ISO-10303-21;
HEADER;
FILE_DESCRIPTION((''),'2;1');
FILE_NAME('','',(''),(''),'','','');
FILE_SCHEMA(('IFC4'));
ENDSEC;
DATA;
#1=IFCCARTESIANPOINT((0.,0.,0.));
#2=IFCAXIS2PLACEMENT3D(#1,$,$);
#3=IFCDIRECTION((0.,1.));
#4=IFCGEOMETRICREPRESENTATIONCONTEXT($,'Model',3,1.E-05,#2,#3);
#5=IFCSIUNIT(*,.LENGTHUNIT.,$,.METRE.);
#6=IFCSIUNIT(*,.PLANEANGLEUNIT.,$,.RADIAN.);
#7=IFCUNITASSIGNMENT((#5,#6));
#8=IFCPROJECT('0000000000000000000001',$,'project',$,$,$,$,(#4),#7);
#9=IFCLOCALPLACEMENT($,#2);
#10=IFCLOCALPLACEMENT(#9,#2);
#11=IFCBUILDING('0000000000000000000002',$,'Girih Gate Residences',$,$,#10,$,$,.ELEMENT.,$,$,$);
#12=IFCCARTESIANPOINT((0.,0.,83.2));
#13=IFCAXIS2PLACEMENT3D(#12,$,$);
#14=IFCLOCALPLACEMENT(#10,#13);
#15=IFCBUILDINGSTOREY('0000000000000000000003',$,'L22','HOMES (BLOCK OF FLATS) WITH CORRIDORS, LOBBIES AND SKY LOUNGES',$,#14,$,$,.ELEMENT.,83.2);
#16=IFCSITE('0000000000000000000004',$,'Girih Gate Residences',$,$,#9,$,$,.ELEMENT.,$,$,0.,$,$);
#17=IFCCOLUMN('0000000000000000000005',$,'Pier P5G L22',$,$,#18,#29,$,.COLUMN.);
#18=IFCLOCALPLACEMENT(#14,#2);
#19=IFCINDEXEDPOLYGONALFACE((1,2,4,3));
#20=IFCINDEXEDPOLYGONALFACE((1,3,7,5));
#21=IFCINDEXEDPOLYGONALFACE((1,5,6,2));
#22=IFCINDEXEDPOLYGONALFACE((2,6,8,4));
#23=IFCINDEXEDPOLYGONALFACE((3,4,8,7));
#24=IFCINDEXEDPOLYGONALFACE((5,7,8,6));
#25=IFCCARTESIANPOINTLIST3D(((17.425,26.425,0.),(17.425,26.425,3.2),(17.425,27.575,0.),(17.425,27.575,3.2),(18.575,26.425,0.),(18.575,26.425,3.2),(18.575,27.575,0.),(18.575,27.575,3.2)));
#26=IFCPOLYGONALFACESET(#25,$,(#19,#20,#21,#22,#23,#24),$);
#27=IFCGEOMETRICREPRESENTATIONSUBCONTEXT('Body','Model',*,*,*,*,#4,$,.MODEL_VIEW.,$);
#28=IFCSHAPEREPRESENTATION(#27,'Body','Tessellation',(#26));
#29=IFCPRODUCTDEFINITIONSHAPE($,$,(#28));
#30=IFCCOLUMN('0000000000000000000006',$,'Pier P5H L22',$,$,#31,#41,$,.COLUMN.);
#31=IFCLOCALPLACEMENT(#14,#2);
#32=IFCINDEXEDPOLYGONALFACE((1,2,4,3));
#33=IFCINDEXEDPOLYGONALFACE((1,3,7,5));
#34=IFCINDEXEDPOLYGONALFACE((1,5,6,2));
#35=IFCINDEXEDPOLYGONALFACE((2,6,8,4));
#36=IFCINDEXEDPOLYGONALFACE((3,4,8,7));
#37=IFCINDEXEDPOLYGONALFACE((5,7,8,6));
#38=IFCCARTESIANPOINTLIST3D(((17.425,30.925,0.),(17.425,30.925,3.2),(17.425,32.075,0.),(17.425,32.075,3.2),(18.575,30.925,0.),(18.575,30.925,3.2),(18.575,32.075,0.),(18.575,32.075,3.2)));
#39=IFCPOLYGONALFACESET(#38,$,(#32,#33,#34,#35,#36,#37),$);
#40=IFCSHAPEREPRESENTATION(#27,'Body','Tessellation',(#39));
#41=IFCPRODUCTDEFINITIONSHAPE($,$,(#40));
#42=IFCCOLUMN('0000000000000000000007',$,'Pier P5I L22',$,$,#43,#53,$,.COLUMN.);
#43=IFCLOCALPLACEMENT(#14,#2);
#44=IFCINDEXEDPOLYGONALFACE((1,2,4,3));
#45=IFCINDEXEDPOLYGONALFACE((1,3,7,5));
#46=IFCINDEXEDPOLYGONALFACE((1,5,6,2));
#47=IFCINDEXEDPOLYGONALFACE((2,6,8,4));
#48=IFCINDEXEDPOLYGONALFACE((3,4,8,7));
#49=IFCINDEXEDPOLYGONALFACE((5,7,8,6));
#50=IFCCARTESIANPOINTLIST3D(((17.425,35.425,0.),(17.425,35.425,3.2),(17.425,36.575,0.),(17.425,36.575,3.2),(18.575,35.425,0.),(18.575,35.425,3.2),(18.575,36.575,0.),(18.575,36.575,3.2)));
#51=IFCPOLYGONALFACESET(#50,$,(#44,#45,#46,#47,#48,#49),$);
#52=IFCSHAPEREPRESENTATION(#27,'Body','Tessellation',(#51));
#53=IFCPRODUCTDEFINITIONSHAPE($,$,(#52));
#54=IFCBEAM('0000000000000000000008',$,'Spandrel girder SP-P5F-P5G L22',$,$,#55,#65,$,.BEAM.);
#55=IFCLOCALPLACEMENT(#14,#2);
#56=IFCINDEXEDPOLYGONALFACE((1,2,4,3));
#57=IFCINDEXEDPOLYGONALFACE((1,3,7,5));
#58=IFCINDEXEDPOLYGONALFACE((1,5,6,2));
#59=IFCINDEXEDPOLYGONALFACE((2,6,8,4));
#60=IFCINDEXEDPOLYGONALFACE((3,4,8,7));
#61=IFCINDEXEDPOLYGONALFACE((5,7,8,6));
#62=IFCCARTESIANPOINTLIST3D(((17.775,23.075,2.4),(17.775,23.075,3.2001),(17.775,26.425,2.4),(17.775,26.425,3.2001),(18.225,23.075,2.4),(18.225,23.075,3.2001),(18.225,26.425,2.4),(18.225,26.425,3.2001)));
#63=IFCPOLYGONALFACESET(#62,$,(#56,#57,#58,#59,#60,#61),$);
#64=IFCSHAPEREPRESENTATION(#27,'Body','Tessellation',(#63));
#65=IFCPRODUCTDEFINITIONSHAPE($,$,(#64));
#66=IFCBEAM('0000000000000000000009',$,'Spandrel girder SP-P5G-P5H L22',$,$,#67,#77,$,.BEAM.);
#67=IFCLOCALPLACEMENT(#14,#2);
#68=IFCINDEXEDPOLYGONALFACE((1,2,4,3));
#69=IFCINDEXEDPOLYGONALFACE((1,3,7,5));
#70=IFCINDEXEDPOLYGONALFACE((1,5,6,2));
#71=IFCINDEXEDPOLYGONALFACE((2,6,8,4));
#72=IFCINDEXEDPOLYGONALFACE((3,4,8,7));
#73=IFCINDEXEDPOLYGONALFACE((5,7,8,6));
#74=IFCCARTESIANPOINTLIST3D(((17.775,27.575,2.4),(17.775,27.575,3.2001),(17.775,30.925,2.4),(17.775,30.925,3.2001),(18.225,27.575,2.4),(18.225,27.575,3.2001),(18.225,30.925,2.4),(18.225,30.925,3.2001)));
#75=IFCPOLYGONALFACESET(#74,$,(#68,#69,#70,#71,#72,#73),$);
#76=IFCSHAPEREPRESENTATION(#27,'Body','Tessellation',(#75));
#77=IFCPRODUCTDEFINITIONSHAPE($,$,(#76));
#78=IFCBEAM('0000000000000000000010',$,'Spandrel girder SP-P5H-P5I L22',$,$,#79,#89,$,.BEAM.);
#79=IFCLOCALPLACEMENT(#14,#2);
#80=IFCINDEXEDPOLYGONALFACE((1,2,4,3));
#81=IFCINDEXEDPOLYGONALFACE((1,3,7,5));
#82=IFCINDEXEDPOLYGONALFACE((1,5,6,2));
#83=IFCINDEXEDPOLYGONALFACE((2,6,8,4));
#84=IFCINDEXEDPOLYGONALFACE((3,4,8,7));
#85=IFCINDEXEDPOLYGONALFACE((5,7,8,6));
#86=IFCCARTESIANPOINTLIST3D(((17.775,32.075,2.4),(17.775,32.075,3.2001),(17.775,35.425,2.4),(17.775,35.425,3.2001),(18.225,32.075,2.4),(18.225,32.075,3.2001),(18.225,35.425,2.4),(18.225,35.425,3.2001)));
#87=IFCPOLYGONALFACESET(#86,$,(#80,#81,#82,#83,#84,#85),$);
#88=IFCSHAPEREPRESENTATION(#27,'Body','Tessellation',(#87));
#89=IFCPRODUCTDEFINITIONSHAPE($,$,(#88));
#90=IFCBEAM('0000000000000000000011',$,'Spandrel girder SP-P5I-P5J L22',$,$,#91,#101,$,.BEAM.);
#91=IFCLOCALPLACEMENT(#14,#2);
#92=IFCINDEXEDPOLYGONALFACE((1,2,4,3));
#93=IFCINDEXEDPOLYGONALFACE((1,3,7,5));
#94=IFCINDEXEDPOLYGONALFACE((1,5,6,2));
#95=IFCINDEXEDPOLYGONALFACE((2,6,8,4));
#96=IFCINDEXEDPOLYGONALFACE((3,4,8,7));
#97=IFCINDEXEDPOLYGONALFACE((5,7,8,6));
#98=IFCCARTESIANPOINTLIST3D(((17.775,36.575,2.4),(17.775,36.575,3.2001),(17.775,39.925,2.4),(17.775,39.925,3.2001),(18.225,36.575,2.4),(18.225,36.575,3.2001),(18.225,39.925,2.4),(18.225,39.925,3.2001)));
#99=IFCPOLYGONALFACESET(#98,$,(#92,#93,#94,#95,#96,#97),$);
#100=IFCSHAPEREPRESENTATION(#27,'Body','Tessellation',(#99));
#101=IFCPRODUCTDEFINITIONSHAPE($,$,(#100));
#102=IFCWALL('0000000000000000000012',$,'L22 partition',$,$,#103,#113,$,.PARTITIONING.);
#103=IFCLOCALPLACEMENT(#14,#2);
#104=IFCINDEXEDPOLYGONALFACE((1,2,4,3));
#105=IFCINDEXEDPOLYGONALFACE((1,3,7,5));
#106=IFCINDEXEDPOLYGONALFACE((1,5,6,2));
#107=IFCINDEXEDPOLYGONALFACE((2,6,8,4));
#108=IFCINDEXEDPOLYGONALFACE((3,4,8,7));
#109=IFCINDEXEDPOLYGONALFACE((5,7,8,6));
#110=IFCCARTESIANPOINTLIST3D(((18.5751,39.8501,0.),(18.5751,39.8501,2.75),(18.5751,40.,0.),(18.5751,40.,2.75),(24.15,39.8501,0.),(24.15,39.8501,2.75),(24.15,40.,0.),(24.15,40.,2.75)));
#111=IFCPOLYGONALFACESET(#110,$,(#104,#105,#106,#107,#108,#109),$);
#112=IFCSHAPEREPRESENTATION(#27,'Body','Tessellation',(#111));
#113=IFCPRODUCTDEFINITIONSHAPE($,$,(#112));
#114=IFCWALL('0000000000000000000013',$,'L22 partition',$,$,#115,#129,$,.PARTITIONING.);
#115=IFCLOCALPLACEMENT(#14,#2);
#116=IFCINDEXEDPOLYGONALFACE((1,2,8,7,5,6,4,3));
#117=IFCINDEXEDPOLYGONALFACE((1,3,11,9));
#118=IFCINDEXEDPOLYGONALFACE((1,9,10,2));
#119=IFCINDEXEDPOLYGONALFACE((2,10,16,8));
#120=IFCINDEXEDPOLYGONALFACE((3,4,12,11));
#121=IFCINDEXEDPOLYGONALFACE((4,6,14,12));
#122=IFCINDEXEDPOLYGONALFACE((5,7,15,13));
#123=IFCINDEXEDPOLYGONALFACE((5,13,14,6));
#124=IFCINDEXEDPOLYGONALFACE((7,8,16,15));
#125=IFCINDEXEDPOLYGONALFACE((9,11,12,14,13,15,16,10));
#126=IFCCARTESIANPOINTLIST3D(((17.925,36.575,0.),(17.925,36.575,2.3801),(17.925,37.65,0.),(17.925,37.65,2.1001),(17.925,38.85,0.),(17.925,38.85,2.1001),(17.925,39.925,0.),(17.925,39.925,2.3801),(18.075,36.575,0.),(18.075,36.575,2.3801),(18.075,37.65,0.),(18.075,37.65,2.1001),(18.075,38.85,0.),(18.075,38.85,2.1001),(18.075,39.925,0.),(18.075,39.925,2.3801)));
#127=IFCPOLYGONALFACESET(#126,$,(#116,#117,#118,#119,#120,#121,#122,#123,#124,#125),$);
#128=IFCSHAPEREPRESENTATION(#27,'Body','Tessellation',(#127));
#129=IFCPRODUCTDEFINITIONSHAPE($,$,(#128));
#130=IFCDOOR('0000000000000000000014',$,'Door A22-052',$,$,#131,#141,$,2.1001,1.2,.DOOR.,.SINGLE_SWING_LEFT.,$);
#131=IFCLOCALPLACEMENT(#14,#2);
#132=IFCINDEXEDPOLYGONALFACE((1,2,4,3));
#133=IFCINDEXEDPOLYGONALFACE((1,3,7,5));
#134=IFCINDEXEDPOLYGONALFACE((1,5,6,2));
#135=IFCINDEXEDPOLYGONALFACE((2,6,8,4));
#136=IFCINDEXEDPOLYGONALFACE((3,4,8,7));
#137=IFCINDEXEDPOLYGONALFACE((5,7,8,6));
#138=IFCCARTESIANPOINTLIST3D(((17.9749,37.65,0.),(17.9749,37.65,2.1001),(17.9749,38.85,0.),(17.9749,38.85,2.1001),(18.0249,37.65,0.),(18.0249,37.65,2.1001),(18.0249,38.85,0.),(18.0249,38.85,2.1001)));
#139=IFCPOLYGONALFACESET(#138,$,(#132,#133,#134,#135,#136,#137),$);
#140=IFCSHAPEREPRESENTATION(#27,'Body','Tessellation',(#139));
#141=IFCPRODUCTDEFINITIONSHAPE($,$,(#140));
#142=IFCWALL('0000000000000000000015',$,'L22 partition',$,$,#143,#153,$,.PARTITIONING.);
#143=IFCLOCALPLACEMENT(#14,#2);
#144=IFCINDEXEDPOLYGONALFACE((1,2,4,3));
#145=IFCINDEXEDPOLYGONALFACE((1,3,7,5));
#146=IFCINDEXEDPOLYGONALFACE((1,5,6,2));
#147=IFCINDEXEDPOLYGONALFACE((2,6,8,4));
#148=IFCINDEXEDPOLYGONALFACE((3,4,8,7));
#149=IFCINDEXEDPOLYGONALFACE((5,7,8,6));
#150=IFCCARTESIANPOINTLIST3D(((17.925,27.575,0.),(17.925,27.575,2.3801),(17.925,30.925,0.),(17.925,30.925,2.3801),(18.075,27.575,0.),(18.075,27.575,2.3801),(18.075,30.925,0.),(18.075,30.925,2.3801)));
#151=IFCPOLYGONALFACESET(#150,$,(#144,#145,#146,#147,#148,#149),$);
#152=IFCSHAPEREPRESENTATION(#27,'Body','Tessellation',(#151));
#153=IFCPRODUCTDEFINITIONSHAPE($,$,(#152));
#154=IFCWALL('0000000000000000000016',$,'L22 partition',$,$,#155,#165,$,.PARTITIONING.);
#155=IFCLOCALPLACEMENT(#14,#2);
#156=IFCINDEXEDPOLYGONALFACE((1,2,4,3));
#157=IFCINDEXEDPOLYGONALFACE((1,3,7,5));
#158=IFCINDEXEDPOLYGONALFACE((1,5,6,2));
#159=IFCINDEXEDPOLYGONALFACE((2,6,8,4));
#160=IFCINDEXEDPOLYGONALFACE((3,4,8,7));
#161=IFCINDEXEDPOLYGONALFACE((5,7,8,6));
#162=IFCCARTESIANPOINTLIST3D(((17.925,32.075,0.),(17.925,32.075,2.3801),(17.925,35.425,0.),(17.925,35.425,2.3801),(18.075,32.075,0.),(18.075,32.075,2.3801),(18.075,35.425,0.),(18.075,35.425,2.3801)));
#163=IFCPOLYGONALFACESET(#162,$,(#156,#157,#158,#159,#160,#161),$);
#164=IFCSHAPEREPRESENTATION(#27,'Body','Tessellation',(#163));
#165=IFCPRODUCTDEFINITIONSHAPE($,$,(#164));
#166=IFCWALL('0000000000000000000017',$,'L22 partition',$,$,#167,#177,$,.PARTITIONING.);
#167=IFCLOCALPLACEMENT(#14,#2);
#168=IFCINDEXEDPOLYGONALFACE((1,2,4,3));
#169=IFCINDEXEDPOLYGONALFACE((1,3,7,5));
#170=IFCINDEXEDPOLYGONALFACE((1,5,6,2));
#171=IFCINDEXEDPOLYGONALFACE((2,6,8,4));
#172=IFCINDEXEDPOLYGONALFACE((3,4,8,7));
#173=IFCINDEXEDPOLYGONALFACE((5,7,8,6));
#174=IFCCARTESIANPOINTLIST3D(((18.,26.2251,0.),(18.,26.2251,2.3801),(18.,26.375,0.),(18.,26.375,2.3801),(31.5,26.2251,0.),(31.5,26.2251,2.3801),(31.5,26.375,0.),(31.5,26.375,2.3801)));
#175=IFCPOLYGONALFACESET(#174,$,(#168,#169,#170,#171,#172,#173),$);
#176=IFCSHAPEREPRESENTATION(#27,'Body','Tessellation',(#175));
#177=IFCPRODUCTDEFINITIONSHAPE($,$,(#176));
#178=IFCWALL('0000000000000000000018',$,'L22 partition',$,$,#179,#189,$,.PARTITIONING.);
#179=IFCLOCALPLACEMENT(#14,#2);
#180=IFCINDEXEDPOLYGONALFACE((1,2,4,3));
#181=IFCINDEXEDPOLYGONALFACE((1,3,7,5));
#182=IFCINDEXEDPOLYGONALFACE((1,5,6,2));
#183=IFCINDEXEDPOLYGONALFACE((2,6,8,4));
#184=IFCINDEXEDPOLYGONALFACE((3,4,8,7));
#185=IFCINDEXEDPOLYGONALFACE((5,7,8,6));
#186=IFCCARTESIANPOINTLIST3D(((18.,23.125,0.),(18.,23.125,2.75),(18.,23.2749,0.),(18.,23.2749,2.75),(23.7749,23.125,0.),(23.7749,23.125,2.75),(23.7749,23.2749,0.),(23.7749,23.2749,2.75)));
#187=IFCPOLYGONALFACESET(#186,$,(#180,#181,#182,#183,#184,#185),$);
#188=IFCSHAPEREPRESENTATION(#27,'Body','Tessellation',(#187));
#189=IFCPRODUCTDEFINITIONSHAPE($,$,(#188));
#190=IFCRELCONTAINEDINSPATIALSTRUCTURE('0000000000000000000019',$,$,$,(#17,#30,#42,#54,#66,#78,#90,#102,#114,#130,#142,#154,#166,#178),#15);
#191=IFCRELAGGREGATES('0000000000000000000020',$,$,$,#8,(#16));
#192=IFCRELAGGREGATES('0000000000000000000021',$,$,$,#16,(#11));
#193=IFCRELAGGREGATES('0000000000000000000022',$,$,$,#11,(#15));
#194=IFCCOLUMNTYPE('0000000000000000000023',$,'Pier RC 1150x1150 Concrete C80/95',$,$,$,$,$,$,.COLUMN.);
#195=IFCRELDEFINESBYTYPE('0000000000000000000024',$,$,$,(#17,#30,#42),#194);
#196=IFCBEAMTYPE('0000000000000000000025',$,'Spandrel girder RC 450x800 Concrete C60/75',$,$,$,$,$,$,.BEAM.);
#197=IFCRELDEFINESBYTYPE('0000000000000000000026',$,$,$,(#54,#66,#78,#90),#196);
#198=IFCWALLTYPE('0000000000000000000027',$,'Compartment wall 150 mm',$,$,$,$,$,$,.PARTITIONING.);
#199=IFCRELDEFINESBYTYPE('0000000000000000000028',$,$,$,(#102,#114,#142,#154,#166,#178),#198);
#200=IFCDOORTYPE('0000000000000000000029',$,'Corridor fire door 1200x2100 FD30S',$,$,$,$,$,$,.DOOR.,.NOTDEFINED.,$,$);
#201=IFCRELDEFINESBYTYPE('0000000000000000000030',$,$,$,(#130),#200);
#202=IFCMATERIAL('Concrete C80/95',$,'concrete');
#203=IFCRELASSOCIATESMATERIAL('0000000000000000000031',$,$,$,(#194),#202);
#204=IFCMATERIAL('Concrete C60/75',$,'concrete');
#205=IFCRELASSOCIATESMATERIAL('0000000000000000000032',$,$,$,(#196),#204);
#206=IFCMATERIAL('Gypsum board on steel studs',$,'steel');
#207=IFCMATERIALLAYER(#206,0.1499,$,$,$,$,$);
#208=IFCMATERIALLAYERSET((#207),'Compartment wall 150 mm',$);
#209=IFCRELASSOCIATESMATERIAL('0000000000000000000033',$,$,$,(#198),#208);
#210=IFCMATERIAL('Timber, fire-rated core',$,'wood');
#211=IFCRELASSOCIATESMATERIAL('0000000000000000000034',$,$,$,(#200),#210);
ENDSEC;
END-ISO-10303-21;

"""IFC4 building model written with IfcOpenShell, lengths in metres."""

from ifc_helpers import new_model, si_unit, direction, frame, frame_2d, origin, origin_2d, place, context, subcontext, project, spatial, rectangle, extrude, material, layer, layer_set, material_profile, profile_set, type_object, element, fill, save


model = new_model("IFC4")

# Units and contexts
model_context = context("Model", 3, precision=1e-05, world=origin(), true_north=direction((0.0, 1.0)))
body_context = subcontext(model_context, "Body", "Model", "MODEL_VIEW")
ifc_project = project(units=[si_unit("LENGTHUNIT", "METRE"), si_unit("PLANEANGLEUNIT", "RADIAN")], contexts=[model_context])

# Site, building, storey
site_placement = place(None, origin())
site = spatial("IfcSite", under=ifc_project, at=site_placement, Name="Girih Gate Residences", CompositionType="ELEMENT", RefElevation=0.0)
building_placement = place(site_placement, origin())
building = spatial("IfcBuilding", under=site, at=building_placement, Name="Girih Gate Residences", CompositionType="ELEMENT")
storey_placement = place(building_placement, frame((0.0, 0.0, 83.2)))
storey = spatial("IfcBuildingStorey", under=building, at=storey_placement, Name="L22", Description="HOMES (BLOCK OF FLATS) WITH CORRIDORS, LOBBIES AND SKY LOUNGES", CompositionType="ELEMENT", Elevation=83.2)

# Columns
ifc_material_1 = material(Name="Concrete C80/95", Category="concrete")
ifc_material_profile_1 = material_profile(ifc_material_1, rectangle(XDim=1.1499, YDim=1.1499, at=origin_2d()))
ifc_profile_set_1 = profile_set([ifc_material_profile_1], Name="Concrete C80/95")
column_type = type_object("IfcColumnType", Name="Pier RC 1150x1150 Concrete C80/95", PredefinedType="COLUMN", material=ifc_profile_set_1)
for number, where, z_axis, x_axis, name in (
    (1, (18.0, 27.0, 0.0), (0.0, 0.0, 1.0), (1.0, 0.0, 0.0), "Pier P5G L22"),
    (2, (18.0, 31.5, 0.0), (0.0, 0.0, 1.0), (1.0, 0.0, 0.0), "Pier P5H L22"),
    (3, (18.0, 36.0, 0.0), (0.0, 0.0, 1.0), (1.0, 0.0, 0.0), "Pier P5I L22"),
):
    element("IfcColumn", number, at=place(storey_placement, frame(where, z_axis=z_axis, x_axis=x_axis)), inside=storey, type_object=column_type, Name=name, PredefinedType="COLUMN", context=body_context, shape_type="SweptSolid", body=[
        extrude(rectangle(XDim=1.1499, YDim=1.1499, at=origin_2d()), origin(), (0.0, 0.0, 1.0), 3.2),
    ])

# Beams
ifc_material_2 = material(Name="Concrete C60/75", Category="concrete")
ifc_material_profile_2 = material_profile(ifc_material_2, rectangle(XDim=0.45, YDim=0.8, at=origin_2d()))
ifc_profile_set_2 = profile_set([ifc_material_profile_2], Name="Concrete C60/75")
beam_type = type_object("IfcBeamType", Name="Spandrel girder RC 450x800 Concrete C60/75", PredefinedType="BEAM", material=ifc_profile_set_2)
for number, where, z_axis, x_axis, name in (
    (4, (18.0, 23.075, 2.8), (0.0, 1.0, 0.0), (-1.0, 0.0, 0.0), "Spandrel girder SP-P5F-P5G L22"),
    (5, (18.0, 27.575, 2.8), (0.0, 1.0, 0.0), (-1.0, 0.0, 0.0), "Spandrel girder SP-P5G-P5H L22"),
    (6, (18.0, 32.075, 2.8), (0.0, 1.0, 0.0), (-1.0, 0.0, 0.0), "Spandrel girder SP-P5H-P5I L22"),
    (7, (18.0, 36.575, 2.8), (0.0, 1.0, 0.0), (-1.0, 0.0, 0.0), "Spandrel girder SP-P5I-P5J L22"),
):
    element("IfcBeam", number, at=place(storey_placement, frame(where, z_axis=z_axis, x_axis=x_axis)), inside=storey, type_object=beam_type, Name=name, PredefinedType="BEAM", context=body_context, shape_type="SweptSolid", body=[
        extrude(rectangle(XDim=0.45, YDim=0.8, at=origin_2d()), origin(), (0.0, 0.0, 1.0), 3.3501),
    ])

# Wall
ifc_material_3 = material(Name="Gypsum board on steel studs", Category="steel")
ifc_layer_1 = layer(ifc_material_3, 0.1499)
ifc_layer_set_1 = layer_set([ifc_layer_1], Name="Compartment wall 150 mm")
wall_type_1 = type_object("IfcWallType", Name="Compartment wall 150 mm", PredefinedType="PARTITIONING", material=ifc_layer_set_1)
wall_1_placement = place(storey_placement, frame((18.575, 39.925, 0.0), z_axis=(0.0, 0.0, 1.0), x_axis=(1.0, 0.0, 0.0)))
element("IfcWall", 8, at=wall_1_placement, inside=storey, type_object=wall_type_1, Name="L22 partition", PredefinedType="PARTITIONING", context=body_context, shape_type="SweptSolid", body=[
    extrude(rectangle(XDim=5.575, YDim=0.1499, at=frame_2d((2.7876, 0.0))), origin(), (0.0, 0.0, 1.0), 2.75),
])

# Wall, opening, door
wall_2_placement = place(storey_placement, frame((18.0, 39.925, 0.0), z_axis=(0.0, 0.0, 1.0), x_axis=(0.0, -1.0, 0.0)))
wall_2 = element("IfcWall", 9, at=wall_2_placement, inside=storey, type_object=wall_type_1, Name="L22 partition", PredefinedType="PARTITIONING", context=body_context, shape_type="SweptSolid", body=[
    extrude(rectangle(XDim=3.3501, YDim=0.1499, at=frame_2d((1.675, 0.0))), origin(), (0.0, 0.0, 1.0), 2.3801),
])
opening_1_placement = place(wall_2_placement, frame((1.075, 0.0, 0.0)))
opening_1 = element("IfcOpeningElement", 10, at=opening_1_placement, cuts=wall_2, PredefinedType="OPENING", context=body_context, shape_type="SweptSolid", body=[
    extrude(rectangle(XDim=1.2, YDim=2.1001, at=frame_2d((0.6001, 1.05))), frame((0.0, 0.085, 0.0), z_axis=(0.0, -1.0, 0.0), x_axis=(1.0, 0.0, 0.0)), (0.0, 0.0, 1.0), 0.1699),
])
ifc_material_4 = material(Name="Timber, fire-rated core", Category="wood")
door_type_1 = type_object("IfcDoorType", Name="Corridor fire door 1200x2100 FD30S", OperationType="NOTDEFINED", PredefinedType="DOOR", material=ifc_material_4)
door_1_placement = place(opening_1_placement, origin())
door_1 = element("IfcDoor", 11, at=door_1_placement, inside=storey, type_object=door_type_1, Name="Door A22-052", OperationType="SINGLE_SWING_LEFT", OverallHeight=2.1001, OverallWidth=1.2, PredefinedType="DOOR", context=body_context, shape_type="SweptSolid", body=[
    extrude(rectangle(XDim=1.2, YDim=2.1001, at=frame_2d((0.6001, 1.05))), frame((0.0, 0.0249, 0.0), z_axis=(0.0, -1.0, 0.0), x_axis=(1.0, 0.0, 0.0)), (0.0, 0.0, 1.0), 0.05),
])
fill(opening_1, door_1)

# Walls
for number, where, z_axis, x_axis, name in (
    (12, (18.0, 27.575, 0.0), (0.0, 0.0, 1.0), (0.0, 1.0, 0.0), "L22 partition"),
    (13, (18.0, 32.075, 0.0), (0.0, 0.0, 1.0), (0.0, 1.0, 0.0), "L22 partition"),
):
    element("IfcWall", number, at=place(storey_placement, frame(where, z_axis=z_axis, x_axis=x_axis)), inside=storey, type_object=wall_type_1, Name=name, PredefinedType="PARTITIONING", context=body_context, shape_type="SweptSolid", body=[
        extrude(rectangle(XDim=3.3501, YDim=0.1499, at=frame_2d((1.675, 0.0))), origin(), (0.0, 0.0, 1.0), 2.3801),
    ])
wall_3_placement = place(storey_placement, frame((18.0, 26.3, 0.0), z_axis=(0.0, 0.0, 1.0), x_axis=(1.0, 0.0, 0.0)))
element("IfcWall", 14, at=wall_3_placement, inside=storey, type_object=wall_type_1, Name="L22 partition", PredefinedType="PARTITIONING", context=body_context, shape_type="SweptSolid", body=[
    extrude(rectangle(XDim=13.5, YDim=0.1499, at=frame_2d((6.75, 0.0))), origin(), (0.0, 0.0, 1.0), 2.3801),
])
wall_4_placement = place(storey_placement, frame((18.0, 23.2, 0.0), z_axis=(0.0, 0.0, 1.0), x_axis=(1.0, 0.0, 0.0)))
element("IfcWall", 15, at=wall_4_placement, inside=storey, type_object=wall_type_1, Name="L22 partition", PredefinedType="PARTITIONING", context=body_context, shape_type="SweptSolid", body=[
    extrude(rectangle(XDim=5.7749, YDim=0.1499, at=frame_2d((2.8875, 0.0))), origin(), (0.0, 0.0, 1.0), 2.75),
])

save(model, "model.ifc")
